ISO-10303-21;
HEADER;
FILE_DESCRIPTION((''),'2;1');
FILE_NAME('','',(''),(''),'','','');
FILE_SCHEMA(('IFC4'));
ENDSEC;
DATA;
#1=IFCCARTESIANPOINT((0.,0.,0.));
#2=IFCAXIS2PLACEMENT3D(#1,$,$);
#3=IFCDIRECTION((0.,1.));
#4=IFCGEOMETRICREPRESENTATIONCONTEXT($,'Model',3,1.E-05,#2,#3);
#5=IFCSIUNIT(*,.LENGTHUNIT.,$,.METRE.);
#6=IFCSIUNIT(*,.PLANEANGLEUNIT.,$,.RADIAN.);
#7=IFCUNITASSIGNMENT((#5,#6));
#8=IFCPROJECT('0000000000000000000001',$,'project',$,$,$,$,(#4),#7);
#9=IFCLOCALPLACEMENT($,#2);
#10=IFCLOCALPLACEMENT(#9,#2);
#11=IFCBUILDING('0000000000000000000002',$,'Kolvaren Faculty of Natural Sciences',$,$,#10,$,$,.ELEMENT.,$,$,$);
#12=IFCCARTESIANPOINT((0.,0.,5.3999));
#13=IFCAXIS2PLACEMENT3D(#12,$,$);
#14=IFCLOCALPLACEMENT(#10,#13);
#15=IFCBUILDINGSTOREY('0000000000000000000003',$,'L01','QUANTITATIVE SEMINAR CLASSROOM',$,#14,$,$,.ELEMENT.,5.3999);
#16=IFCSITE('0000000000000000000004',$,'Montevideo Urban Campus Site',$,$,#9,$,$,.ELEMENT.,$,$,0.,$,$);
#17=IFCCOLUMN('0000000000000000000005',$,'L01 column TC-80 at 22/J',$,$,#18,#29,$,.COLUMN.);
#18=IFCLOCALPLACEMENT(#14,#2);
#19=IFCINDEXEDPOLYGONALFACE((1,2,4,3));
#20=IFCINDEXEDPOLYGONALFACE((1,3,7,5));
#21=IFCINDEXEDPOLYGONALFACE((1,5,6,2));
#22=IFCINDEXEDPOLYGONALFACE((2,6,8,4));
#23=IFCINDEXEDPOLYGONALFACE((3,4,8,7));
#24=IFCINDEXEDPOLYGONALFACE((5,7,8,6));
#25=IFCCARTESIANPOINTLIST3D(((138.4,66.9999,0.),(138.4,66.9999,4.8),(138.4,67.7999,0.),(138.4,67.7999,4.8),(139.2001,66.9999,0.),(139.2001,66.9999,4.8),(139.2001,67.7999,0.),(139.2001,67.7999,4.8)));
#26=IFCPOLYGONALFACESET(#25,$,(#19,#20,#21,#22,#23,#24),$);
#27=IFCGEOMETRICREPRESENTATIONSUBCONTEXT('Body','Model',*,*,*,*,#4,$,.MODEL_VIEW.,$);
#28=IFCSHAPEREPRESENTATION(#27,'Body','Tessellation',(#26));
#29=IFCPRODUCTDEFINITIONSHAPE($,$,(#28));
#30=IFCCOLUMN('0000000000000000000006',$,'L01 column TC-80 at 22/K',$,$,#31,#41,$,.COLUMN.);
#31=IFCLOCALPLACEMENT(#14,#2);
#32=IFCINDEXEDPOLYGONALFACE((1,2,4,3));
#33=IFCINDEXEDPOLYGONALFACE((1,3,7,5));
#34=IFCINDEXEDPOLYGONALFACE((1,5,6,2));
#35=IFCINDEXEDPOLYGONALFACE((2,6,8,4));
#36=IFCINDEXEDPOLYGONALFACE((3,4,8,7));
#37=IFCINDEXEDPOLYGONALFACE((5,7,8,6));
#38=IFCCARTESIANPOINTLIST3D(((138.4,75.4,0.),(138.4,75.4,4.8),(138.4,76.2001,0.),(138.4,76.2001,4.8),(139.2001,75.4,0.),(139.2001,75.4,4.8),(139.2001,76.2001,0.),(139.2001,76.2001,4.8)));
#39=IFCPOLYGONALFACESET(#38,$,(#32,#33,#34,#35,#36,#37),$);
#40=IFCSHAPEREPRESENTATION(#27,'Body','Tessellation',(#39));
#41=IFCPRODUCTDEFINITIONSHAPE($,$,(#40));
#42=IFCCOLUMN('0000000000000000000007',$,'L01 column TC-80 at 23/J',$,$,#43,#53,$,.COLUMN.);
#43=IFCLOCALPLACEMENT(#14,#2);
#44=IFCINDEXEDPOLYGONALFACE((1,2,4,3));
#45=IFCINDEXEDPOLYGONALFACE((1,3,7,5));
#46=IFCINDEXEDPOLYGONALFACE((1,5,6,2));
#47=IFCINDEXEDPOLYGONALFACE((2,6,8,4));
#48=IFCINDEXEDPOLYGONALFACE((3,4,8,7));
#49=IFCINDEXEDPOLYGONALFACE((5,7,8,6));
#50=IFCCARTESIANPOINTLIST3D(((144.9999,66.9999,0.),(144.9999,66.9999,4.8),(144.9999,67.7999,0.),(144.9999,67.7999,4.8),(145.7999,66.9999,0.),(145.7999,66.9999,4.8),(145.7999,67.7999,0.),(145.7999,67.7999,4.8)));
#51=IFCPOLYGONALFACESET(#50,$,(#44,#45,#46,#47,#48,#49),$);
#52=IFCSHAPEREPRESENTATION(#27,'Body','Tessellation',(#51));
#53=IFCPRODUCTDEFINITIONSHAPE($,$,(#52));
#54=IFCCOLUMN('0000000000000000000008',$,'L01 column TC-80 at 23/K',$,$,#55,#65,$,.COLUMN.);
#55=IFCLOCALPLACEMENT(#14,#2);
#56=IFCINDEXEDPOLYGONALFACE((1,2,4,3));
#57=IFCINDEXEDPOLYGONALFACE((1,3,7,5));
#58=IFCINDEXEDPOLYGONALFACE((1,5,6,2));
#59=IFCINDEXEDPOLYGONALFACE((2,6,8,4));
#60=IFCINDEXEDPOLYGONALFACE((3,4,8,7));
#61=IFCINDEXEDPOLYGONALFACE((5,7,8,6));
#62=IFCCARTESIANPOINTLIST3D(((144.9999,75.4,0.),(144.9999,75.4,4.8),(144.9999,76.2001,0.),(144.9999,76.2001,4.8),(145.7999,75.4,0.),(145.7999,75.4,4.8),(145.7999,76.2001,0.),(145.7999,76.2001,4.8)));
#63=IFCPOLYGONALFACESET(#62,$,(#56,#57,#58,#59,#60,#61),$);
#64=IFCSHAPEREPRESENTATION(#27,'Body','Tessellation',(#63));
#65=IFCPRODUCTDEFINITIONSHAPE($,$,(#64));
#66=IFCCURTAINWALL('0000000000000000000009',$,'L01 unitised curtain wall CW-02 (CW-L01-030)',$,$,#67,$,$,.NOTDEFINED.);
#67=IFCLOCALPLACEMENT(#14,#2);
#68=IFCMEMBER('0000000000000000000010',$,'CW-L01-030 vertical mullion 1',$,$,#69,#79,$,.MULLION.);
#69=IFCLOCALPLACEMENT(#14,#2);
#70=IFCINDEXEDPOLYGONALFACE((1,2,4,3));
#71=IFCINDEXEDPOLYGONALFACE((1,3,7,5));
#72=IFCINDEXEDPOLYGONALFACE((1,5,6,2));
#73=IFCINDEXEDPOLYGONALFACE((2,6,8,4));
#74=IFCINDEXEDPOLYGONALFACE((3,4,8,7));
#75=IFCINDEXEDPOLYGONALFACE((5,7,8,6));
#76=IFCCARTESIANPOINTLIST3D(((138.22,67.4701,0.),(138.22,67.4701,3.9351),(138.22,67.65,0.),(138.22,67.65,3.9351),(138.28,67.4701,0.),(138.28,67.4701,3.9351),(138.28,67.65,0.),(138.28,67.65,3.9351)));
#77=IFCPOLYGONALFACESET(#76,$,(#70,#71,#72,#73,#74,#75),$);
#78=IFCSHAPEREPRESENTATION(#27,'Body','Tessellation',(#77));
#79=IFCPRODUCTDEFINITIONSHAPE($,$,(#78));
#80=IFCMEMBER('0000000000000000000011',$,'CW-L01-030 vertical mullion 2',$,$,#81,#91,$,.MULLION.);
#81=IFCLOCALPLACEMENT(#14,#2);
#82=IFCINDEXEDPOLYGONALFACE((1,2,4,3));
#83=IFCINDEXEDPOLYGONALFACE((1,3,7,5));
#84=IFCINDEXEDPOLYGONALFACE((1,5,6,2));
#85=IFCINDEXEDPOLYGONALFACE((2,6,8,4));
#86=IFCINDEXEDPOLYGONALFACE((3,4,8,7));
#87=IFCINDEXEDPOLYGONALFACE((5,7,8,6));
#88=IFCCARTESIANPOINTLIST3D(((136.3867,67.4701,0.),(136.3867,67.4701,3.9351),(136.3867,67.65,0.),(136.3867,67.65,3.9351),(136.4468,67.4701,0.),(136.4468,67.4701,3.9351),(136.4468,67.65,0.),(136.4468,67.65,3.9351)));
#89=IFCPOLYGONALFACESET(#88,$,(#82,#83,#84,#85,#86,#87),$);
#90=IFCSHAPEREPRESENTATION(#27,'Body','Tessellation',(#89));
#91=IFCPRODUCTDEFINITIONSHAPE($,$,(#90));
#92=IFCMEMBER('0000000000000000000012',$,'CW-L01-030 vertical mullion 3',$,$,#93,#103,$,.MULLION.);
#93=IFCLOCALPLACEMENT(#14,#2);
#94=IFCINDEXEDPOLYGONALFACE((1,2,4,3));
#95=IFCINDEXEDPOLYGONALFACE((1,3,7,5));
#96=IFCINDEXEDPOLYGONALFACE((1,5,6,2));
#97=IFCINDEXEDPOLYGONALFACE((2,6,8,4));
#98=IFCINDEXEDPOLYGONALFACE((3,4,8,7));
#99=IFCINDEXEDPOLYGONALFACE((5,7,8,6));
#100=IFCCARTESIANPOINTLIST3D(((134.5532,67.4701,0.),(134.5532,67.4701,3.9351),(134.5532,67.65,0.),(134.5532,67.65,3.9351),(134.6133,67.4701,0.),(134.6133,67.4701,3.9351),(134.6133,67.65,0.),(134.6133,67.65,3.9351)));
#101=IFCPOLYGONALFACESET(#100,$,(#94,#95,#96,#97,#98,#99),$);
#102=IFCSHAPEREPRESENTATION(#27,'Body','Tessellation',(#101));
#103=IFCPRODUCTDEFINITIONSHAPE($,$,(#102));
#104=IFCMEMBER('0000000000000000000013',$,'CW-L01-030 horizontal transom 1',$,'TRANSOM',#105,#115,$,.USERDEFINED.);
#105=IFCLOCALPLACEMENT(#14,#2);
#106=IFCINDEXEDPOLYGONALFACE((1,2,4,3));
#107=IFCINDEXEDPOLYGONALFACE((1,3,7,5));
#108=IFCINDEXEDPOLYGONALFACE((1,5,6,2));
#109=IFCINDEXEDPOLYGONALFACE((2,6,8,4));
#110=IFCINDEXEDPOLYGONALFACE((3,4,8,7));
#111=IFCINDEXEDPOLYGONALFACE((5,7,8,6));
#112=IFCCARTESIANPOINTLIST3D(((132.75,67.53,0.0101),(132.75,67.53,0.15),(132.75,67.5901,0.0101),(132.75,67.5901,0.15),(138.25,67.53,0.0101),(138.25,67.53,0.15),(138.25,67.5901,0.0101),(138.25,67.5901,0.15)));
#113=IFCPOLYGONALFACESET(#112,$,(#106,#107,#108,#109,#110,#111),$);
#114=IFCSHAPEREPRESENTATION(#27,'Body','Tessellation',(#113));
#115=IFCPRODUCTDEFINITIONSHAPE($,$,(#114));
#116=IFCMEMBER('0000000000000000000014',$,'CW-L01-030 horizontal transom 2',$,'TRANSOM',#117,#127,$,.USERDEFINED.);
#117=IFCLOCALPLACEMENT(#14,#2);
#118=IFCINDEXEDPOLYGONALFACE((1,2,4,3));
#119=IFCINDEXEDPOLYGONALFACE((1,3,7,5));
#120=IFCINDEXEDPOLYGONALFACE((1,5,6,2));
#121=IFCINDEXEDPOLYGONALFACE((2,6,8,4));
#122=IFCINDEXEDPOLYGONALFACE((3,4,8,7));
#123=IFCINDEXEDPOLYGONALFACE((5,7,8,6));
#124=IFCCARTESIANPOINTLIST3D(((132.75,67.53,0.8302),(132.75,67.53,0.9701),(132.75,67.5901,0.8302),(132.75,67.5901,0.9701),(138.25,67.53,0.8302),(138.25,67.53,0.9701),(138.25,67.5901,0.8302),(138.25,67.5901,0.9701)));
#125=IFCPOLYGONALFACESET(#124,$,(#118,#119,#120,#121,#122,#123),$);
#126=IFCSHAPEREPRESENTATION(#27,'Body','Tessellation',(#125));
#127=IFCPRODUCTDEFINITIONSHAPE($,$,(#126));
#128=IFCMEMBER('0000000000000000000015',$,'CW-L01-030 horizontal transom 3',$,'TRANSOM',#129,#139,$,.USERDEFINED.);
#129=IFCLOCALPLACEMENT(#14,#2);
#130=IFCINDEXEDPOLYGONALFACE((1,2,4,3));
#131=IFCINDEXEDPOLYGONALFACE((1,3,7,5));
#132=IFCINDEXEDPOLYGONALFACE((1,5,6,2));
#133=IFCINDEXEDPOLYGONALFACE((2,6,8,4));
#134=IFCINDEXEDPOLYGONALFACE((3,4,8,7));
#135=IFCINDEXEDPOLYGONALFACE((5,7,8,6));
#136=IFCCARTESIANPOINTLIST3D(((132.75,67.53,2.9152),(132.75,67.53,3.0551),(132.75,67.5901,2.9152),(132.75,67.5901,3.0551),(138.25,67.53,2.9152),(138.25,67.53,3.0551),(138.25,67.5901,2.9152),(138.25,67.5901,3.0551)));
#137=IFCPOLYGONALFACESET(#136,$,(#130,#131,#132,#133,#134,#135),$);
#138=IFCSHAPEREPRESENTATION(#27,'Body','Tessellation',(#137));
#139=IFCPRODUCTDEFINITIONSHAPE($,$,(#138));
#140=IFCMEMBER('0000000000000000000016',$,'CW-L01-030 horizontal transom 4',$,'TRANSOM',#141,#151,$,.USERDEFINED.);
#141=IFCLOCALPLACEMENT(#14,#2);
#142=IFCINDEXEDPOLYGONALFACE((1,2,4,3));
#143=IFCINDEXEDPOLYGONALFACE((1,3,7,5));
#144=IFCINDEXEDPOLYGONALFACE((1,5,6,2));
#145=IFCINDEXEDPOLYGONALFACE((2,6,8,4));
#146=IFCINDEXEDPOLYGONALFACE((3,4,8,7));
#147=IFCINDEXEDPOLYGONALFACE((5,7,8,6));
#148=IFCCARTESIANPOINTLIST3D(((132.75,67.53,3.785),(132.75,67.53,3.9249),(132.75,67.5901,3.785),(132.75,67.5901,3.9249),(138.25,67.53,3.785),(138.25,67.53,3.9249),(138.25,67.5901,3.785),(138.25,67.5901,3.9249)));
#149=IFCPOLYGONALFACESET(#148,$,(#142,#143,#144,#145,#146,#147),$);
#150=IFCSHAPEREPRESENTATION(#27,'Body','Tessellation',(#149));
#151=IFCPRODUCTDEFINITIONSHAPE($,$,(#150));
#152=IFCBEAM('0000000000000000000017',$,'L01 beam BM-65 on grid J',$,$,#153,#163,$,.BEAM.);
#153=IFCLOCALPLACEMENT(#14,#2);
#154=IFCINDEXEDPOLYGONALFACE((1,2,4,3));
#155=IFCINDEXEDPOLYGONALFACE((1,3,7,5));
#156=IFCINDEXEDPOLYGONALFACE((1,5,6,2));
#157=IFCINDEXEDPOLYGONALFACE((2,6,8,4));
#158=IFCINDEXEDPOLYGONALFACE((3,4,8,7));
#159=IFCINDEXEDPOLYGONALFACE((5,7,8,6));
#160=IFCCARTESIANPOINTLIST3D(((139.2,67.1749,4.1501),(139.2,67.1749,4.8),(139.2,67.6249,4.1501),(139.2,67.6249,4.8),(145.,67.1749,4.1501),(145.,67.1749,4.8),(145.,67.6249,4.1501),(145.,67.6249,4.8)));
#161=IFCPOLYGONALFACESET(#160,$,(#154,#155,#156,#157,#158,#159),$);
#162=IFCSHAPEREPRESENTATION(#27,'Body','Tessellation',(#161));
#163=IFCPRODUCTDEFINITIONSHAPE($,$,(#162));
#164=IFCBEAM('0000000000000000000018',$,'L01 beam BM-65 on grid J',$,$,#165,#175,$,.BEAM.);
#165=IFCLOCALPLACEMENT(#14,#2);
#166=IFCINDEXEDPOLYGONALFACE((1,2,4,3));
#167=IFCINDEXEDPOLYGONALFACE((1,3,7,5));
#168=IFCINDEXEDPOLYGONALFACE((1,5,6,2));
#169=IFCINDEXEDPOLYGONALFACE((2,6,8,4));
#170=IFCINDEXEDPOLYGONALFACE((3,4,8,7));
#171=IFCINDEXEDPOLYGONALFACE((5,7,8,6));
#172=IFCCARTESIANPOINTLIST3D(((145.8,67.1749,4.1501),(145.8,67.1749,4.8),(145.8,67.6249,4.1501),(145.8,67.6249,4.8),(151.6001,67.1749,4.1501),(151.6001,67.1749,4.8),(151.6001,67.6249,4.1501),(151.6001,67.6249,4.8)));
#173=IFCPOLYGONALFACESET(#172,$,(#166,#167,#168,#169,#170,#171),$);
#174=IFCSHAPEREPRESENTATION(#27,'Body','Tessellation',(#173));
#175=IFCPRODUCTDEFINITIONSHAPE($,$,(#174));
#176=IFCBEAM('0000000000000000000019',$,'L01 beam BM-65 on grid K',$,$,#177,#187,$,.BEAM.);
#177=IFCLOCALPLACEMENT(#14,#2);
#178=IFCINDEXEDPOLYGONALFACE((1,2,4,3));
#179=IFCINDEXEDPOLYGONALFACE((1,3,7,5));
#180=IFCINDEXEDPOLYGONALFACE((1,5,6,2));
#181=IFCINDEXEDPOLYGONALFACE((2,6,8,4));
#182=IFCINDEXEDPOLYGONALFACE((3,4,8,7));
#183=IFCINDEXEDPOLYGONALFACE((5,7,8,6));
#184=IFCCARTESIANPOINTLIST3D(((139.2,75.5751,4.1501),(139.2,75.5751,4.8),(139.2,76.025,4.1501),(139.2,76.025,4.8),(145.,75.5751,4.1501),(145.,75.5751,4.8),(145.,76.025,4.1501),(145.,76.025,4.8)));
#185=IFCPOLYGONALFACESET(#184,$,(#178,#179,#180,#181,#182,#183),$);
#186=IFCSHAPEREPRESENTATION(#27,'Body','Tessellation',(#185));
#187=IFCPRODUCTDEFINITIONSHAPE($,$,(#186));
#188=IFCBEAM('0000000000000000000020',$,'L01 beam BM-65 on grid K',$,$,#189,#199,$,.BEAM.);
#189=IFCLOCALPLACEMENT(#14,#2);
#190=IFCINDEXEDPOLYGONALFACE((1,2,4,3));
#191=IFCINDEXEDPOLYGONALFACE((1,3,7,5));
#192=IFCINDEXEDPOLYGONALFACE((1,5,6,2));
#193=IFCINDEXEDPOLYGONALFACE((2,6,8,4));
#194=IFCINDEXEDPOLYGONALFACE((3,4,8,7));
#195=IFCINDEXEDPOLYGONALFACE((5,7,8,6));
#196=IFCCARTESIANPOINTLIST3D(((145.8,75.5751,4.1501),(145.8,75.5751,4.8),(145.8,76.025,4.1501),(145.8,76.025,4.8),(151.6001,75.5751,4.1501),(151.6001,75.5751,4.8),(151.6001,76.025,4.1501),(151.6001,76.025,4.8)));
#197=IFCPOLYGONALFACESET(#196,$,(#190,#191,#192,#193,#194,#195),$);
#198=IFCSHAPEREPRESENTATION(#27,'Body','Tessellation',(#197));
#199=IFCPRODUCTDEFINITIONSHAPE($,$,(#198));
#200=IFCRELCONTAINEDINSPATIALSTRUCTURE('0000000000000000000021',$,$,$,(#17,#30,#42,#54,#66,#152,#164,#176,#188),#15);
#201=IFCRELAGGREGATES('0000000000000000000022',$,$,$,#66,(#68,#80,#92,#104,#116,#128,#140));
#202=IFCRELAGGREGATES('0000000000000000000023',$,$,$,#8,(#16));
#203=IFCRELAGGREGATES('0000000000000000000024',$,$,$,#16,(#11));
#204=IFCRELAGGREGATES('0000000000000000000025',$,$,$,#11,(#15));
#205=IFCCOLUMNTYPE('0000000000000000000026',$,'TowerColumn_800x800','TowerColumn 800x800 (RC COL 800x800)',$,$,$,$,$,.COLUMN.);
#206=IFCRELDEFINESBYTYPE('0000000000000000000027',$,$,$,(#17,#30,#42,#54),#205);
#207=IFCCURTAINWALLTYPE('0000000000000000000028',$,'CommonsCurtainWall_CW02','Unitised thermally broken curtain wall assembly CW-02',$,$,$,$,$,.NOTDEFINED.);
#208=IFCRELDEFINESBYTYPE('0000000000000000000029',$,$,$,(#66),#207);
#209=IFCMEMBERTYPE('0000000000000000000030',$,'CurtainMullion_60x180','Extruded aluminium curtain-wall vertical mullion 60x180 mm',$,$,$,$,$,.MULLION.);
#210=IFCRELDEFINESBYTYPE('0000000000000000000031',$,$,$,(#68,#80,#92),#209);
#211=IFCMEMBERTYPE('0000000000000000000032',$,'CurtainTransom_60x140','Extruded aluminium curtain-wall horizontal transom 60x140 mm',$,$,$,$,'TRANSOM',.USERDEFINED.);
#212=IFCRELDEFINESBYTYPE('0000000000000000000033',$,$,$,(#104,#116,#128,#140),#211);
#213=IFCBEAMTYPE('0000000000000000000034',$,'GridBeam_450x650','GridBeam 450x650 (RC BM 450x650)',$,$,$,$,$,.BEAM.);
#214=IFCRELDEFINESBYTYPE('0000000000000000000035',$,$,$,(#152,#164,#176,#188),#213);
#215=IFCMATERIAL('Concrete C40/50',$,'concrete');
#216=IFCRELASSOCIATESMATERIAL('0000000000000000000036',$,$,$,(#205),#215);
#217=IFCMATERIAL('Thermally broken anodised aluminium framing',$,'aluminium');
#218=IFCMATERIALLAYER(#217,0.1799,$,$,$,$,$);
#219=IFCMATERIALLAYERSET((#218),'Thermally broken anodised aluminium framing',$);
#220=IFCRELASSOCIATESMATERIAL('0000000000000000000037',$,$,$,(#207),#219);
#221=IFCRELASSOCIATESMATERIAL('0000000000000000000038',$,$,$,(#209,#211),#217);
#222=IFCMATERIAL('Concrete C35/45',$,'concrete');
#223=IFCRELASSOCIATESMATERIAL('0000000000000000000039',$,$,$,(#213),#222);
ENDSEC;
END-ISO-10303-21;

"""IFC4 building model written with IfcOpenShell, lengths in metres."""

from ifc_helpers import new_model, si_unit, direction, frame, origin, origin_2d, place, context, subcontext, project, spatial, rectangle, extrude, material, layer, layer_set, material_profile, profile_set, type_object, element, aggregate, save


model = new_model("IFC4")

# Units and contexts
model_context = context("Model", 3, precision=1e-05, world=origin(), true_north=direction((0.0, 1.0)))
body_context = subcontext(model_context, "Body", "Model", "MODEL_VIEW")
ifc_project = project(units=[si_unit("LENGTHUNIT", "METRE"), si_unit("PLANEANGLEUNIT", "RADIAN")], contexts=[model_context])

# Site, building, storey
site_placement = place(None, origin())
site = spatial("IfcSite", under=ifc_project, at=site_placement, Name="Montevideo Urban Campus Site", CompositionType="ELEMENT", RefElevation=0.0)
building_placement = place(site_placement, origin())
building = spatial("IfcBuilding", under=site, at=building_placement, Name="Kolvaren Faculty of Natural Sciences", CompositionType="ELEMENT")
storey_placement = place(building_placement, frame((0.0, 0.0, 5.3999)))
storey = spatial("IfcBuildingStorey", under=building, at=storey_placement, Name="L01", Description="QUANTITATIVE SEMINAR CLASSROOM", CompositionType="ELEMENT", Elevation=5.3999)

# Columns
ifc_material_1 = material(Name="Concrete C40/50", Category="concrete")
ifc_material_profile_1 = material_profile(ifc_material_1, rectangle(XDim=0.8, YDim=0.8, at=origin_2d()), Name="RC COL 800x800")
ifc_profile_set_1 = profile_set([ifc_material_profile_1], Name="Concrete C40/50")
column_type = type_object("IfcColumnType", Name="TowerColumn_800x800", Description="TowerColumn 800x800 (RC COL 800x800)", PredefinedType="COLUMN", material=ifc_profile_set_1)
for number, where, z_axis, x_axis, name in (
    (1, (138.8, 67.3999, 0.0), (0.0, 0.0, 1.0), (1.0, 0.0, 0.0), "L01 column TC-80 at 22/J"),
    (2, (138.8, 75.8, 0.0), (0.0, 0.0, 1.0), (1.0, 0.0, 0.0), "L01 column TC-80 at 22/K"),
    (3, (145.3999, 67.3999, 0.0), (0.0, 0.0, 1.0), (1.0, 0.0, 0.0), "L01 column TC-80 at 23/J"),
    (4, (145.3999, 75.8, 0.0), (0.0, 0.0, 1.0), (1.0, 0.0, 0.0), "L01 column TC-80 at 23/K"),
):
    element("IfcColumn", number, at=place(storey_placement, frame(where, z_axis=z_axis, x_axis=x_axis)), inside=storey, type_object=column_type, Name=name, PredefinedType="COLUMN", context=body_context, shape_type="SweptSolid", body=[
        extrude(rectangle(XDim=0.8, YDim=0.8, at=origin_2d()), origin(), (0.0, 0.0, 1.0), 4.8),
    ])

# Curtain wall, members
ifc_material_2 = material(Name="Thermally broken anodised aluminium framing", Category="aluminium")
ifc_layer_1 = layer(ifc_material_2, 0.1799)
ifc_layer_set_1 = layer_set([ifc_layer_1], Name="Thermally broken anodised aluminium framing")
curtain_wall_type = type_object("IfcCurtainWallType", Name="CommonsCurtainWall_CW02", Description="Unitised thermally broken curtain wall assembly CW-02", PredefinedType="NOTDEFINED", material=ifc_layer_set_1)
curtain_wall_placement = place(storey_placement, origin())
curtain_wall = element("IfcCurtainWall", 5, at=curtain_wall_placement, inside=storey, type_object=curtain_wall_type, Name="L01 unitised curtain wall CW-02 (CW-L01-030)", PredefinedType="NOTDEFINED")
ifc_material_profile_2 = material_profile(ifc_material_2, rectangle(XDim=0.0601, YDim=0.1799, at=origin_2d()), Name="ALU MUL 60x180")
ifc_profile_set_2 = profile_set([ifc_material_profile_2], Name="Thermally broken anodised aluminium framing")
member_type_1 = type_object("IfcMemberType", Name="CurtainMullion_60x180", Description="Extruded aluminium curtain-wall vertical mullion 60x180 mm", PredefinedType="MULLION", material=ifc_profile_set_2)
member_1_placement = place(storey_placement, frame((138.25, 67.5601, 0.0), z_axis=(0.0, 0.0, 1.0), x_axis=(-1.0, 0.0, 0.0)))
member_1 = element("IfcMember", 6, at=member_1_placement, type_object=member_type_1, Name="CW-L01-030 vertical mullion 1", PredefinedType="MULLION", context=body_context, shape_type="SweptSolid", body=[
    extrude(rectangle(XDim=0.0601, YDim=0.1799, at=origin_2d()), origin(), (0.0, 0.0, 1.0), 3.9351),
])
member_2_placement = place(storey_placement, frame((136.4167, 67.5601, 0.0), z_axis=(0.0, 0.0, 1.0), x_axis=(-1.0, 0.0, 0.0)))
member_2 = element("IfcMember", 7, at=member_2_placement, type_object=member_type_1, Name="CW-L01-030 vertical mullion 2", PredefinedType="MULLION", context=body_context, shape_type="SweptSolid", body=[
    extrude(rectangle(XDim=0.0601, YDim=0.1799, at=origin_2d()), origin(), (0.0, 0.0, 1.0), 3.9351),
])
member_3_placement = place(storey_placement, frame((134.5833, 67.5601, 0.0), z_axis=(0.0, 0.0, 1.0), x_axis=(-1.0, 0.0, 0.0)))
member_3 = element("IfcMember", 8, at=member_3_placement, type_object=member_type_1, Name="CW-L01-030 vertical mullion 3", PredefinedType="MULLION", context=body_context, shape_type="SweptSolid", body=[
    extrude(rectangle(XDim=0.0601, YDim=0.1799, at=origin_2d()), origin(), (0.0, 0.0, 1.0), 3.9351),
])
ifc_material_profile_3 = material_profile(ifc_material_2, rectangle(XDim=0.0601, YDim=0.1399, at=origin_2d()), Name="ALU TRN 60x140")
ifc_profile_set_3 = profile_set([ifc_material_profile_3], Name="Thermally broken anodised aluminium framing")
member_type_2 = type_object("IfcMemberType", Name="CurtainTransom_60x140", Description="Extruded aluminium curtain-wall horizontal transom 60x140 mm", ElementType="TRANSOM", PredefinedType="USERDEFINED", material=ifc_profile_set_3)
member_4_placement = place(storey_placement, frame((138.25, 67.5601, 0.0801), z_axis=(-1.0, 0.0, 0.0), x_axis=(0.0, -1.0, 0.0)))
member_4 = element("IfcMember", 9, at=member_4_placement, type_object=member_type_2, Name="CW-L01-030 horizontal transom 1", ObjectType="TRANSOM", PredefinedType="USERDEFINED", context=body_context, shape_type="SweptSolid", body=[
    extrude(rectangle(XDim=0.0601, YDim=0.1399, at=origin_2d()), origin(), (0.0, 0.0, 1.0), 5.5),
])
member_5_placement = place(storey_placement, frame((138.25, 67.5601, 0.9001), z_axis=(-1.0, 0.0, 0.0), x_axis=(0.0, -1.0, 0.0)))
member_5 = element("IfcMember", 10, at=member_5_placement, type_object=member_type_2, Name="CW-L01-030 horizontal transom 2", ObjectType="TRANSOM", PredefinedType="USERDEFINED", context=body_context, shape_type="SweptSolid", body=[
    extrude(rectangle(XDim=0.0601, YDim=0.1399, at=origin_2d()), origin(), (0.0, 0.0, 1.0), 5.5),
])
member_6_placement = place(storey_placement, frame((138.25, 67.5601, 2.9851), z_axis=(-1.0, 0.0, 0.0), x_axis=(0.0, -1.0, 0.0)))
member_6 = element("IfcMember", 11, at=member_6_placement, type_object=member_type_2, Name="CW-L01-030 horizontal transom 3", ObjectType="TRANSOM", PredefinedType="USERDEFINED", context=body_context, shape_type="SweptSolid", body=[
    extrude(rectangle(XDim=0.0601, YDim=0.1399, at=origin_2d()), origin(), (0.0, 0.0, 1.0), 5.5),
])
member_7_placement = place(storey_placement, frame((138.25, 67.5601, 3.855), z_axis=(-1.0, 0.0, 0.0), x_axis=(0.0, -1.0, 0.0)))
member_7 = element("IfcMember", 12, at=member_7_placement, type_object=member_type_2, Name="CW-L01-030 horizontal transom 4", ObjectType="TRANSOM", PredefinedType="USERDEFINED", context=body_context, shape_type="SweptSolid", body=[
    extrude(rectangle(XDim=0.0601, YDim=0.1399, at=origin_2d()), origin(), (0.0, 0.0, 1.0), 5.5),
])

# Beams
ifc_material_3 = material(Name="Concrete C35/45", Category="concrete")
ifc_material_profile_4 = material_profile(ifc_material_3, rectangle(XDim=0.45, YDim=0.6499, at=origin_2d()), Name="RC BM 450x650")
ifc_profile_set_4 = profile_set([ifc_material_profile_4], Name="Concrete C35/45")
beam_type_1 = type_object("IfcBeamType", Name="GridBeam_450x650", Description="GridBeam 450x650 (RC BM 450x650)", PredefinedType="BEAM", material=ifc_profile_set_4)
for number, where, z_axis, x_axis, name in (
    (13, (139.2, 67.3999, 4.4751), (1.0, 0.0, 0.0), (0.0, 1.0, 0.0), "L01 beam BM-65 on grid J"),
    (14, (145.8, 67.3999, 4.4751), (1.0, 0.0, 0.0), (0.0, 1.0, 0.0), "L01 beam BM-65 on grid J"),
    (15, (139.2, 75.8, 4.4751), (1.0, 0.0, 0.0), (0.0, 1.0, 0.0), "L01 beam BM-65 on grid K"),
    (16, (145.8, 75.8, 4.4751), (1.0, 0.0, 0.0), (0.0, 1.0, 0.0), "L01 beam BM-65 on grid K"),
):
    element("IfcBeam", number, at=place(storey_placement, frame(where, z_axis=z_axis, x_axis=x_axis)), inside=storey, type_object=beam_type_1, Name=name, PredefinedType="BEAM", context=body_context, shape_type="SweptSolid", body=[
        extrude(rectangle(XDim=0.45, YDim=0.6499, at=origin_2d()), origin(), (0.0, 0.0, 1.0), 5.8),
    ])

aggregate(curtain_wall, [member_1, member_2, member_3, member_4, member_5, member_6, member_7])

save(model, "model.ifc")
